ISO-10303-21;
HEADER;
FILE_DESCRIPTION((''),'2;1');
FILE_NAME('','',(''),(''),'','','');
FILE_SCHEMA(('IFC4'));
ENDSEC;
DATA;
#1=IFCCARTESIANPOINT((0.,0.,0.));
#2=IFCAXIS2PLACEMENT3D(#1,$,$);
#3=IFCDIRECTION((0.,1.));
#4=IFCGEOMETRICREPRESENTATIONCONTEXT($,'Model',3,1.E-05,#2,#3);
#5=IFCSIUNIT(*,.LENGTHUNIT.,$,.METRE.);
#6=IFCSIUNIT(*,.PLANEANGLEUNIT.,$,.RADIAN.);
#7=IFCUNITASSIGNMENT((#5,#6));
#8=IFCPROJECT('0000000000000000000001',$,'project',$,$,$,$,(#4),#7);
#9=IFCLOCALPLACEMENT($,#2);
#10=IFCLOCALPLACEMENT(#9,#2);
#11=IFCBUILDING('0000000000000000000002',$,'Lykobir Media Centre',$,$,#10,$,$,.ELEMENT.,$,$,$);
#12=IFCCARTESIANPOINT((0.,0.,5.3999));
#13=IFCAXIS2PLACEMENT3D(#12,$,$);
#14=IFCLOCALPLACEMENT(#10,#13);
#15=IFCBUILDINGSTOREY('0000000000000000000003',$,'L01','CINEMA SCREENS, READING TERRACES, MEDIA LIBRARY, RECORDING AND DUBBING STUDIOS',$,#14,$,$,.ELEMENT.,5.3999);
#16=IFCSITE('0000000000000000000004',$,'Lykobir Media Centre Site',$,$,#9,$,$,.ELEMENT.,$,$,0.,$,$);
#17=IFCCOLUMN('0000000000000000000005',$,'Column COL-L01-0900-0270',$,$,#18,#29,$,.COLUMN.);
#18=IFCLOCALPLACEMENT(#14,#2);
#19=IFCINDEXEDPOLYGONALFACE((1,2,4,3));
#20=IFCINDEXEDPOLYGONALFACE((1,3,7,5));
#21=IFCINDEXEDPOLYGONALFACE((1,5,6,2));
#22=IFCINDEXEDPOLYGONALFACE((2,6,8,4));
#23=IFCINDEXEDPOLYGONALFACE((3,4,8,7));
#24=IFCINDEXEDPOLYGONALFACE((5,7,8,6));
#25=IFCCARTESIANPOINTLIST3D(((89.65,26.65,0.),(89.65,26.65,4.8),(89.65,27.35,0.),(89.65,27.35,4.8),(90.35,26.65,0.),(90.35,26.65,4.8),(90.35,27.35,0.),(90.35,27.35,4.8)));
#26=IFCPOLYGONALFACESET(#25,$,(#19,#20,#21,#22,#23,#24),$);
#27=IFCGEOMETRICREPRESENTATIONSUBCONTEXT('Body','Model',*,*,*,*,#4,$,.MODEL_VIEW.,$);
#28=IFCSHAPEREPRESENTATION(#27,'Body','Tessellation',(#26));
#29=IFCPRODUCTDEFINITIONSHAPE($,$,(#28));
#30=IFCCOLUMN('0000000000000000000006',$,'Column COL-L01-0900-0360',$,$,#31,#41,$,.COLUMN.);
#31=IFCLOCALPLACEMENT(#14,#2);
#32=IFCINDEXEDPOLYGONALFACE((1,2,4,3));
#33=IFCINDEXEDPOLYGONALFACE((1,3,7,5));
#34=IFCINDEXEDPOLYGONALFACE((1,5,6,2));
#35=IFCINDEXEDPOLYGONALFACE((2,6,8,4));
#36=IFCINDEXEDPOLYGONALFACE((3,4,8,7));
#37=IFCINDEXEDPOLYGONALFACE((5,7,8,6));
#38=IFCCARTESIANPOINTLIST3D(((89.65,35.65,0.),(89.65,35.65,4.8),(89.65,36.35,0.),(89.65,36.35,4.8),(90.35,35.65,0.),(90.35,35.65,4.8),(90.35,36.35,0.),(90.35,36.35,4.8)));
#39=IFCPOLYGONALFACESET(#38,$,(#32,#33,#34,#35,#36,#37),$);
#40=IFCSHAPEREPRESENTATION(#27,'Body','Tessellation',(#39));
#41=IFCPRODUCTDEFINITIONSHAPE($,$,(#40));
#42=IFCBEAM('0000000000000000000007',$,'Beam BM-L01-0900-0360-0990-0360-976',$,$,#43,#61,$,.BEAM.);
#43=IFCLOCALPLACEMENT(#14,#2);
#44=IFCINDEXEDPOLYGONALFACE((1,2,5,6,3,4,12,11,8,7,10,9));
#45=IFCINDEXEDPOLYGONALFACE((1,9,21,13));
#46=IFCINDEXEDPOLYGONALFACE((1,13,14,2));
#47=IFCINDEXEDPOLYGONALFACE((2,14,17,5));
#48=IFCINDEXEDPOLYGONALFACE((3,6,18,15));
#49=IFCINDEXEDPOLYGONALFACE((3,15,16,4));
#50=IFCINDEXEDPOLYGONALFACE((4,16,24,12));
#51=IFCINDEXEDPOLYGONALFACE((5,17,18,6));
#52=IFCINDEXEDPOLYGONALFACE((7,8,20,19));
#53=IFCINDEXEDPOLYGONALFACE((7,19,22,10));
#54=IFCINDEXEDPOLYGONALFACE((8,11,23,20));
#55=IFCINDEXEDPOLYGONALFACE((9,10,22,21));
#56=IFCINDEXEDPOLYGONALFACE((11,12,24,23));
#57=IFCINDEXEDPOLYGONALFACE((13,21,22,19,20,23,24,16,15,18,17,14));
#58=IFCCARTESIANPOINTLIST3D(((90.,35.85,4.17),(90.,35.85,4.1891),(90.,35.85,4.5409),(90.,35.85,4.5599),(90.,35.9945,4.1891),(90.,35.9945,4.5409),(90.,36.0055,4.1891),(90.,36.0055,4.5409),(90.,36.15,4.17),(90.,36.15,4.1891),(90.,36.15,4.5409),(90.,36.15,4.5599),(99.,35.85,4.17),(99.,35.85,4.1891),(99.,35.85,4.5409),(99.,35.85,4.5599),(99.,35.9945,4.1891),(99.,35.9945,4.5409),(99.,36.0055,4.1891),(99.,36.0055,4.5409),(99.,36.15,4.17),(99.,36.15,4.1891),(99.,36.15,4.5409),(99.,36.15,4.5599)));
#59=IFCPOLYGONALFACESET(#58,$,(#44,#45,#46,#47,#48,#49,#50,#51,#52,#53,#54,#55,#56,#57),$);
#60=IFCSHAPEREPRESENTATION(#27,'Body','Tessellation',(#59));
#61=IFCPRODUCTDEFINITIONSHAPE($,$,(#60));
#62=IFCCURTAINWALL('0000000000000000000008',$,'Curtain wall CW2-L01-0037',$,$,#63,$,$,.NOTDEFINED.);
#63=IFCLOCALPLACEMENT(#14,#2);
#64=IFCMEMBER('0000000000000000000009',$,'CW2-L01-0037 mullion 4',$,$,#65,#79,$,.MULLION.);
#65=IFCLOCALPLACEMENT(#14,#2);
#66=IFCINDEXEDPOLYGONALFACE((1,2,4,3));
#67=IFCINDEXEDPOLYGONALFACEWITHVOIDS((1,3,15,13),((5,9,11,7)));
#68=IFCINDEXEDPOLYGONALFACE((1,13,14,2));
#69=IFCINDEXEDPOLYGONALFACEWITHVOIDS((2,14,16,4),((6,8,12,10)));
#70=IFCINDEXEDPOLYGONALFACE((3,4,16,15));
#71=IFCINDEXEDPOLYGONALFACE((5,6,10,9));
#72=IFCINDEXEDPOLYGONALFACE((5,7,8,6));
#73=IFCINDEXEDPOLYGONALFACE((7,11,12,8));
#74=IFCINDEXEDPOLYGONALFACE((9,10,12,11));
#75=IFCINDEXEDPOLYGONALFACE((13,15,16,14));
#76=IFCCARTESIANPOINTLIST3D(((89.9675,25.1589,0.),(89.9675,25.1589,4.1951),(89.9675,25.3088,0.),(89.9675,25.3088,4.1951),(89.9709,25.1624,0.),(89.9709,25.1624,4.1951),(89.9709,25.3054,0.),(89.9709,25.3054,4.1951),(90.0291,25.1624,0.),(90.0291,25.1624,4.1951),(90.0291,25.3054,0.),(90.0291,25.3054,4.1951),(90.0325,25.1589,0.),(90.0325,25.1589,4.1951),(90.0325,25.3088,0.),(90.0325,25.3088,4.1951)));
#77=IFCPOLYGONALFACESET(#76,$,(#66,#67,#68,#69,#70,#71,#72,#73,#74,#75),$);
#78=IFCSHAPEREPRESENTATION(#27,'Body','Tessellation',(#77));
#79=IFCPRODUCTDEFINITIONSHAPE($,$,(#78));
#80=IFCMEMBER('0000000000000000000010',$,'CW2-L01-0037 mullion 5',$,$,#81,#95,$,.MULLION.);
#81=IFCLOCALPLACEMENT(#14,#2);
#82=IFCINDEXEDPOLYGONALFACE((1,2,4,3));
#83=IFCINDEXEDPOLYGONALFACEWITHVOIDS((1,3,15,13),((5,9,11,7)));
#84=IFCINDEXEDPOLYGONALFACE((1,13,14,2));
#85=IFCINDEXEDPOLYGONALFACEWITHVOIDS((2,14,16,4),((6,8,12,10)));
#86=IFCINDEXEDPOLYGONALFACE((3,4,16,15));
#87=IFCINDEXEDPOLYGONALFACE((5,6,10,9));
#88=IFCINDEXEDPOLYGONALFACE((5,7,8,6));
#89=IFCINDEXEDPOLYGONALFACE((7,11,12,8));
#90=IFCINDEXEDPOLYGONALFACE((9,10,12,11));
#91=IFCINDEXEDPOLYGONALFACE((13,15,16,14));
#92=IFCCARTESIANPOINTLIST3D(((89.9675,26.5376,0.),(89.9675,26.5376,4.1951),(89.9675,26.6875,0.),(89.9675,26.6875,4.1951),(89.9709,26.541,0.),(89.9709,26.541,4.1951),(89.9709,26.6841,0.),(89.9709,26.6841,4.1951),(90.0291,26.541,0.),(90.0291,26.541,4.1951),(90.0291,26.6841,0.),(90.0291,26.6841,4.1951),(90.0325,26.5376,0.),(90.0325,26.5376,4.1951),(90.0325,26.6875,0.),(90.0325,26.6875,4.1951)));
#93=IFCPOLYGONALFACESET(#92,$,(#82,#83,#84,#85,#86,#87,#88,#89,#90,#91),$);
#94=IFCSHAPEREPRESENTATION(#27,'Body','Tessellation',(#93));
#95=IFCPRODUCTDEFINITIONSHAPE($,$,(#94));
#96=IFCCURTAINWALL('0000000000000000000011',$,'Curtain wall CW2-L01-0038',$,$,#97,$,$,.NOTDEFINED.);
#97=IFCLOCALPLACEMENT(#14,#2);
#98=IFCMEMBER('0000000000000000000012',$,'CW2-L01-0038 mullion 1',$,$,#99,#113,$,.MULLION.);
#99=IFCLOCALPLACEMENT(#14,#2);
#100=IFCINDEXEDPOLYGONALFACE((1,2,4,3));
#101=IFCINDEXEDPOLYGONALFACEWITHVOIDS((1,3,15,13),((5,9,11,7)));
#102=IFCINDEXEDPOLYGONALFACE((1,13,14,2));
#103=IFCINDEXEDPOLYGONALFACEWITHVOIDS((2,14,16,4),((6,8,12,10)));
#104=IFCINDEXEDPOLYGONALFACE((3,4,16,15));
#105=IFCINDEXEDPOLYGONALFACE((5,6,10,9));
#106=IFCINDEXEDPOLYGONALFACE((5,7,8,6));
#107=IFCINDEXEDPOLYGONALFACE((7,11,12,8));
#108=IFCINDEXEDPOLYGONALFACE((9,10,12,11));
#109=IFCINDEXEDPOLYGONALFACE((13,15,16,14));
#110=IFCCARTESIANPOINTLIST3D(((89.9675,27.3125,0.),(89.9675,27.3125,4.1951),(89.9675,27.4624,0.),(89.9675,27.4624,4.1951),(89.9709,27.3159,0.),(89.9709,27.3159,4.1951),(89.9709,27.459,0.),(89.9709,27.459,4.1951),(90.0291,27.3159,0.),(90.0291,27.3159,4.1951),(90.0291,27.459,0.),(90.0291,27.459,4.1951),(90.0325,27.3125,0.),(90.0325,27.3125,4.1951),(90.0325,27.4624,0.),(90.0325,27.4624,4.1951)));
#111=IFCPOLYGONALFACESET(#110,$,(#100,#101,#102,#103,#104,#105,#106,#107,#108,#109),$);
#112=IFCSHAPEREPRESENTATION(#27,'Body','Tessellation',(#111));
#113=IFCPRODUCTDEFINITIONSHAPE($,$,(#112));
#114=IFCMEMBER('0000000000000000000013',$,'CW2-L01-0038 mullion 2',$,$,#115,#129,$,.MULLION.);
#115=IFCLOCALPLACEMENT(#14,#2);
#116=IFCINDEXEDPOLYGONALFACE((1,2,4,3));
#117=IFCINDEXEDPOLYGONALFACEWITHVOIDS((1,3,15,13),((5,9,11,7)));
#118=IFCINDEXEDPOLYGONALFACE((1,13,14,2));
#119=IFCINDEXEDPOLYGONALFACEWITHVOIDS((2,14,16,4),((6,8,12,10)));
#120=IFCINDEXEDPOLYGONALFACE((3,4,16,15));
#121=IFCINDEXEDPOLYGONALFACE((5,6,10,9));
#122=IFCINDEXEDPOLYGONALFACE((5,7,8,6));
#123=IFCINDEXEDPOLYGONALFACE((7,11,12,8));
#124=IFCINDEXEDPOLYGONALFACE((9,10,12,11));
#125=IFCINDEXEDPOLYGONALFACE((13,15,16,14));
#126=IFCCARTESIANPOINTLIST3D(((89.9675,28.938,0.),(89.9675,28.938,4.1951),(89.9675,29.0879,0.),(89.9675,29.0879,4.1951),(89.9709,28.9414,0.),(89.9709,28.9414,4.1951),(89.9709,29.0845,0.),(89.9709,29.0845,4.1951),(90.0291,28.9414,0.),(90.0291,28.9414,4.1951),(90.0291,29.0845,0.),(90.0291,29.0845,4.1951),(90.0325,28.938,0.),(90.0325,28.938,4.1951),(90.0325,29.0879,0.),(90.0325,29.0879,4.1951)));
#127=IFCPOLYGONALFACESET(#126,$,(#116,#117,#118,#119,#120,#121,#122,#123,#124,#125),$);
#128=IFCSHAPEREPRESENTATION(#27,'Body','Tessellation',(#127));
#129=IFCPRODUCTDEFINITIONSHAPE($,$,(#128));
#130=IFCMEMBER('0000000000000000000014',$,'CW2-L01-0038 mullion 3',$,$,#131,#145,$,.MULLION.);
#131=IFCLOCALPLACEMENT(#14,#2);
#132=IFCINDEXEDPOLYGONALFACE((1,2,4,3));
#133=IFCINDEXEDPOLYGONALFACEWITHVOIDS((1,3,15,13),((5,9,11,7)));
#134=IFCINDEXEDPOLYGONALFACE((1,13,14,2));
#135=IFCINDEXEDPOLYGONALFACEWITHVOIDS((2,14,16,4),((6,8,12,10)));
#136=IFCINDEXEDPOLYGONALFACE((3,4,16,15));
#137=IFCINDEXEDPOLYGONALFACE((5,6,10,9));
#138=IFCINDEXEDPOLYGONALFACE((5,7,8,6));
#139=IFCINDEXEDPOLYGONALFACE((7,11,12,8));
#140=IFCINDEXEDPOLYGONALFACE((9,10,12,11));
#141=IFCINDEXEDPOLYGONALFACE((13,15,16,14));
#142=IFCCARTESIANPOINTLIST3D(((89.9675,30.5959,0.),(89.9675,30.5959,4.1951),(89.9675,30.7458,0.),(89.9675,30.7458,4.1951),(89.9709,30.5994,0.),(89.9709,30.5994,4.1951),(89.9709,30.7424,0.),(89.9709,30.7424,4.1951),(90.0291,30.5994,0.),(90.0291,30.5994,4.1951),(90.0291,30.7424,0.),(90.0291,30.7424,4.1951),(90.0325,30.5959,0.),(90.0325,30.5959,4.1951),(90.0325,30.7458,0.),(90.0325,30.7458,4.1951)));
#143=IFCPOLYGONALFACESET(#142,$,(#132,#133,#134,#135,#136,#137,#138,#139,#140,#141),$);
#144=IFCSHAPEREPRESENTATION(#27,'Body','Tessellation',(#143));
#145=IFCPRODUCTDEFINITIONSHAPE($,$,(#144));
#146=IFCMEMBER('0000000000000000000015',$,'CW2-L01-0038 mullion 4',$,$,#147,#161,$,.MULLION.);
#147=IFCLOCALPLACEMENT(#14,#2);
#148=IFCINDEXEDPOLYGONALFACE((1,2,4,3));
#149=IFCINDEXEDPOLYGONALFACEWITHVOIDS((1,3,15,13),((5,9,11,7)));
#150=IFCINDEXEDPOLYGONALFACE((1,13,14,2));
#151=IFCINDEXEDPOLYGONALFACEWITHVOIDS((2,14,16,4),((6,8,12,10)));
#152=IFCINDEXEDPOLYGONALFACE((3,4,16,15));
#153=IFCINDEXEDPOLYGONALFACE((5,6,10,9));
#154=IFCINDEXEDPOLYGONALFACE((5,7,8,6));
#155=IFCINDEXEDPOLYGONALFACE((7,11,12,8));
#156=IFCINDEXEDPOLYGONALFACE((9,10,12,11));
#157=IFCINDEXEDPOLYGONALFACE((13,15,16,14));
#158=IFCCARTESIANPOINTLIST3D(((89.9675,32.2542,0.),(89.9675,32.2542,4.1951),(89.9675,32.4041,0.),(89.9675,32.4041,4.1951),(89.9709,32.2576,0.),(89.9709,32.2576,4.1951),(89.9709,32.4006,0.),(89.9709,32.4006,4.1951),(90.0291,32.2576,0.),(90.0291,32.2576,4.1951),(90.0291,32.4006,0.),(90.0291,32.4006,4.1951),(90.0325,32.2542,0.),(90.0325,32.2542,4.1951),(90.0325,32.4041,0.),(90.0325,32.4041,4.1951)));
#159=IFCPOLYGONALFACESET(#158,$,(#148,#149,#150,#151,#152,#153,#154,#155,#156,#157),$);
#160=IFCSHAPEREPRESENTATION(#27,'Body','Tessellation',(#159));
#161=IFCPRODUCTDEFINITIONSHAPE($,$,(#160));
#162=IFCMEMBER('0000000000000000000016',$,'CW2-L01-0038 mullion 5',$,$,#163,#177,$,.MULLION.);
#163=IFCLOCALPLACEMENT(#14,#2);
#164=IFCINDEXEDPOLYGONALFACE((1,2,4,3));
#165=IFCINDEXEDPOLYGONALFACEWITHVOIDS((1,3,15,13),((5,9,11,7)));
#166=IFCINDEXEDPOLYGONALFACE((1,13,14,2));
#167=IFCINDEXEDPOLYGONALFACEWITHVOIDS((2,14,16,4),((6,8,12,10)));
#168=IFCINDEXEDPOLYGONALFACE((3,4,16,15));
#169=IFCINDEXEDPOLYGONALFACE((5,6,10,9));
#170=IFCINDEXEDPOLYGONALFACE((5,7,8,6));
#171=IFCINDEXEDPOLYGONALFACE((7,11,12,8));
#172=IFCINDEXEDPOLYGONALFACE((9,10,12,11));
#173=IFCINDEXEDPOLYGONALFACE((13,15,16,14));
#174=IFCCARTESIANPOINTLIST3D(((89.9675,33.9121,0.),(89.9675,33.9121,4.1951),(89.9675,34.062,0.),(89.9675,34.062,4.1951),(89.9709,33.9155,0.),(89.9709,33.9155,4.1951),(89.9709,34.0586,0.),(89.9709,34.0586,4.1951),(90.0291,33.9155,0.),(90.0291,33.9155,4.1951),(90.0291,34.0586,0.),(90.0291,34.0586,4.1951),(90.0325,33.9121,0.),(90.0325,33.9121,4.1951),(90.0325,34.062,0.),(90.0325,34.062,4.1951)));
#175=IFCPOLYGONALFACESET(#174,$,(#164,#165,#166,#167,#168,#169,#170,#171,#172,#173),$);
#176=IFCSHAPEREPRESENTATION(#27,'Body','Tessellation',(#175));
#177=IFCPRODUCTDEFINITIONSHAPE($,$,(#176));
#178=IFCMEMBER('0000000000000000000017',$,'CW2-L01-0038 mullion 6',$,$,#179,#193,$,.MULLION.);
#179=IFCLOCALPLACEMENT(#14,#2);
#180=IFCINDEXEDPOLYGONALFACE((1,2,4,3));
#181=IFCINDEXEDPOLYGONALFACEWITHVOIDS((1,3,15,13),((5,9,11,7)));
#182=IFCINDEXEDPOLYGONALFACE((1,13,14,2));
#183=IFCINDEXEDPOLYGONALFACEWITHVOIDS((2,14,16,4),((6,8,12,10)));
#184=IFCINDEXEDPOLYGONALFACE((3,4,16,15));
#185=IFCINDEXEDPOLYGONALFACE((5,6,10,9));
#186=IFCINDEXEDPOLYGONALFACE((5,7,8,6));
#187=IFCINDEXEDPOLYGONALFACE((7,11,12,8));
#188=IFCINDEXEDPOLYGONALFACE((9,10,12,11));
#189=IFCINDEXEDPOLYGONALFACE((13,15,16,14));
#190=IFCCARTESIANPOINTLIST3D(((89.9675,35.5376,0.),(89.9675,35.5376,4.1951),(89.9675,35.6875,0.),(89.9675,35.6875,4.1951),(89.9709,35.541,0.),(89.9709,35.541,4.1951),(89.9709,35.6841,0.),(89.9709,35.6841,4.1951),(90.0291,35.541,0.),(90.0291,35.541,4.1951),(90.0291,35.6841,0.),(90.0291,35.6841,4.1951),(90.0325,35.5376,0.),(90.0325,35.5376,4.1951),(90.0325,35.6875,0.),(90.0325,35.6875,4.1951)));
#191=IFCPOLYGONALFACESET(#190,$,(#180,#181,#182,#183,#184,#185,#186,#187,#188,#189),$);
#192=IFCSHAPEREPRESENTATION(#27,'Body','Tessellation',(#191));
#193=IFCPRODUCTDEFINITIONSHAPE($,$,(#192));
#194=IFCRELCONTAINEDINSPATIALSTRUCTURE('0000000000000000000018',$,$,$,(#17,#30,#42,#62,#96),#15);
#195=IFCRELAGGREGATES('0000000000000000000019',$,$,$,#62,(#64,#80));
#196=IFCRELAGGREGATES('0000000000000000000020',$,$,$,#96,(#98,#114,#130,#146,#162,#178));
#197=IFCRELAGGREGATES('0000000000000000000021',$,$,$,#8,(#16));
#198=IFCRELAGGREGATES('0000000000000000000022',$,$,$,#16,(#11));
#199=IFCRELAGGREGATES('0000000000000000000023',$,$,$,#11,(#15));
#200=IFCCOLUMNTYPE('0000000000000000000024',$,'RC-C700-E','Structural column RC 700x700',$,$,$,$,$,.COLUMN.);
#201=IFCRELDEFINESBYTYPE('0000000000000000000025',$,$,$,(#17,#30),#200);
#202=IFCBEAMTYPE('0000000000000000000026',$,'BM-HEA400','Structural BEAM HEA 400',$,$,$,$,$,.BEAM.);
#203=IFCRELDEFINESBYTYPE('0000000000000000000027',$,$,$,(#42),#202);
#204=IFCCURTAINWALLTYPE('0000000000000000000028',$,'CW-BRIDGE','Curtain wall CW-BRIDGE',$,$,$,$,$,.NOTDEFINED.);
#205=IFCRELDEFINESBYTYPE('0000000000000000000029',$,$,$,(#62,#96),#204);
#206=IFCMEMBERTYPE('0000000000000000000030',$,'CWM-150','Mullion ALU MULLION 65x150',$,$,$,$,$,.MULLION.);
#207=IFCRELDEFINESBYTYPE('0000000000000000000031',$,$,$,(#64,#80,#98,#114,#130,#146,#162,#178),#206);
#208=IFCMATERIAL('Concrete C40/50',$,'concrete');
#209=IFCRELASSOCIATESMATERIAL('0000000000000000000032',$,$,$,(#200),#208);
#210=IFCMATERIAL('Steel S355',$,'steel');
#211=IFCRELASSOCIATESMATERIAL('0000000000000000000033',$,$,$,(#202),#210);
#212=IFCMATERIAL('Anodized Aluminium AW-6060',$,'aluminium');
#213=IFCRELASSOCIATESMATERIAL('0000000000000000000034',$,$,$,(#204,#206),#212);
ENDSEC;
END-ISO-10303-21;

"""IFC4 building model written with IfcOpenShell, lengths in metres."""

from ifc_helpers import new_model, si_unit, direction, frame, origin, origin_2d, place, context, subcontext, project, spatial, rectangle, hollow_rectangle, i_section, extrude, material, material_profile, profile_set, type_object, element, aggregate, save


model = new_model("IFC4")

# Units and contexts
model_context = context("Model", 3, precision=1e-05, world=origin(), true_north=direction((0.0, 1.0)))
body_context = subcontext(model_context, "Body", "Model", "MODEL_VIEW")
ifc_project = project(units=[si_unit("LENGTHUNIT", "METRE"), si_unit("PLANEANGLEUNIT", "RADIAN")], contexts=[model_context])

# Site, building, storey
site_placement = place(None, origin())
site = spatial("IfcSite", under=ifc_project, at=site_placement, Name="Lykobir Media Centre Site", CompositionType="ELEMENT", RefElevation=0.0)
building_placement = place(site_placement, origin())
building = spatial("IfcBuilding", under=site, at=building_placement, Name="Lykobir Media Centre", CompositionType="ELEMENT")
storey_placement = place(building_placement, frame((0.0, 0.0, 5.3999)))
storey = spatial("IfcBuildingStorey", under=building, at=storey_placement, Name="L01", Description="CINEMA SCREENS, READING TERRACES, MEDIA LIBRARY, RECORDING AND DUBBING STUDIOS", CompositionType="ELEMENT", Elevation=5.3999)

# Columns
ifc_material_1 = material(Name="Concrete C40/50", Category="concrete")
ifc_material_profile_1 = material_profile(ifc_material_1, rectangle(XDim=0.7, YDim=0.7, at=origin_2d()), Name="RC 700x700")
ifc_profile_set_1 = profile_set([ifc_material_profile_1], Name="Concrete C40/50")
column_type = type_object("IfcColumnType", Name="RC-C700-E", Description="Structural column RC 700x700", PredefinedType="COLUMN", material=ifc_profile_set_1)
for number, where, z_axis, x_axis, name in (
    (1, (90.0, 27.0, 0.0), (0.0, 0.0, 1.0), (1.0, 0.0, 0.0), "Column COL-L01-0900-0270"),
    (2, (90.0, 36.0, 0.0), (0.0, 0.0, 1.0), (1.0, 0.0, 0.0), "Column COL-L01-0900-0360"),
):
    element("IfcColumn", number, at=place(storey_placement, frame(where, z_axis=z_axis, x_axis=x_axis)), inside=storey, type_object=column_type, Name=name, PredefinedType="COLUMN", context=body_context, shape_type="SweptSolid", body=[
        extrude(rectangle(XDim=0.7, YDim=0.7, at=origin_2d()), origin(), (0.0, 0.0, 1.0), 4.8),
    ])

# Beam
ifc_material_2 = material(Name="Steel S355", Category="steel")
ifc_material_profile_2 = material_profile(ifc_material_2, i_section(OverallWidth=0.3, OverallDepth=0.3899, WebThickness=0.011, FlangeThickness=0.019, at=origin_2d()), Name="HEA 400")
ifc_profile_set_2 = profile_set([ifc_material_profile_2], Name="Steel S355")
beam_type_1 = type_object("IfcBeamType", Name="BM-HEA400", Description="Structural BEAM HEA 400", PredefinedType="BEAM", material=ifc_profile_set_2)
beam_1_placement = place(storey_placement, frame((90.0, 36.0, 4.365), z_axis=(1.0, 0.0, 0.0), x_axis=(0.0, 1.0, 0.0)))
element("IfcBeam", 3, at=beam_1_placement, inside=storey, type_object=beam_type_1, Name="Beam BM-L01-0900-0360-0990-0360-976", PredefinedType="BEAM", context=body_context, shape_type="SweptSolid", body=[
    extrude(i_section(OverallWidth=0.3, OverallDepth=0.3899, WebThickness=0.011, FlangeThickness=0.019, at=origin_2d()), origin(), (0.0, 0.0, 1.0), 9.0),
])

# Curtain walls, members
ifc_material_3 = material(Name="Anodized Aluminium AW-6060", Category="aluminium")
curtain_wall_type = type_object("IfcCurtainWallType", Name="CW-BRIDGE", Description="Curtain wall CW-BRIDGE", PredefinedType="NOTDEFINED", material=ifc_material_3)
curtain_wall_1_placement = place(storey_placement, origin())
curtain_wall_1 = element("IfcCurtainWall", 4, at=curtain_wall_1_placement, inside=storey, type_object=curtain_wall_type, Name="Curtain wall CW2-L01-0037", PredefinedType="NOTDEFINED")
ifc_material_profile_3 = material_profile(ifc_material_3, hollow_rectangle(XDim=0.0649, YDim=0.1499, WallThickness=0.0034, at=origin_2d()), Name="ALU MULLION 65x150")
ifc_profile_set_3 = profile_set([ifc_material_profile_3], Name="Anodized Aluminium AW-6060")
member_type_1 = type_object("IfcMemberType", Name="CWM-150", Description="Mullion ALU MULLION 65x150", PredefinedType="MULLION", material=ifc_profile_set_3)
member_1_placement = place(storey_placement, frame((90.0, 25.2339, 0.0), z_axis=(0.0, 0.0, 1.0), x_axis=(-1.0, 0.0, 0.0)))
member_1 = element("IfcMember", 5, at=member_1_placement, type_object=member_type_1, Name="CW2-L01-0037 mullion 4", PredefinedType="MULLION", context=body_context, shape_type="SweptSolid", body=[
    extrude(hollow_rectangle(XDim=0.0649, YDim=0.1499, WallThickness=0.0034, at=origin_2d()), origin(), (0.0, 0.0, 1.0), 4.1951),
])
member_2_placement = place(storey_placement, frame((90.0, 26.6125, 0.0), z_axis=(0.0, 0.0, 1.0), x_axis=(-1.0, 0.0, 0.0)))
member_2 = element("IfcMember", 6, at=member_2_placement, type_object=member_type_1, Name="CW2-L01-0037 mullion 5", PredefinedType="MULLION", context=body_context, shape_type="SweptSolid", body=[
    extrude(hollow_rectangle(XDim=0.0649, YDim=0.1499, WallThickness=0.0034, at=origin_2d()), origin(), (0.0, 0.0, 1.0), 4.1951),
])
curtain_wall_2_placement = place(storey_placement, origin())
curtain_wall_2 = element("IfcCurtainWall", 7, at=curtain_wall_2_placement, inside=storey, type_object=curtain_wall_type, Name="Curtain wall CW2-L01-0038", PredefinedType="NOTDEFINED")
member_3_placement = place(storey_placement, frame((90.0, 27.3875, 0.0), z_axis=(0.0, 0.0, 1.0), x_axis=(-1.0, 0.0, 0.0)))
member_3 = element("IfcMember", 8, at=member_3_placement, type_object=member_type_1, Name="CW2-L01-0038 mullion 1", PredefinedType="MULLION", context=body_context, shape_type="SweptSolid", body=[
    extrude(hollow_rectangle(XDim=0.0649, YDim=0.1499, WallThickness=0.0034, at=origin_2d()), origin(), (0.0, 0.0, 1.0), 4.1951),
])
member_4_placement = place(storey_placement, frame((90.0, 29.0129, 0.0), z_axis=(0.0, 0.0, 1.0), x_axis=(-1.0, 0.0, 0.0)))
member_4 = element("IfcMember", 9, at=member_4_placement, type_object=member_type_1, Name="CW2-L01-0038 mullion 2", PredefinedType="MULLION", context=body_context, shape_type="SweptSolid", body=[
    extrude(hollow_rectangle(XDim=0.0649, YDim=0.1499, WallThickness=0.0034, at=origin_2d()), origin(), (0.0, 0.0, 1.0), 4.1951),
])
member_5_placement = place(storey_placement, frame((90.0, 30.6709, 0.0), z_axis=(0.0, 0.0, 1.0), x_axis=(-1.0, 0.0, 0.0)))
member_5 = element("IfcMember", 10, at=member_5_placement, type_object=member_type_1, Name="CW2-L01-0038 mullion 3", PredefinedType="MULLION", context=body_context, shape_type="SweptSolid", body=[
    extrude(hollow_rectangle(XDim=0.0649, YDim=0.1499, WallThickness=0.0034, at=origin_2d()), origin(), (0.0, 0.0, 1.0), 4.1951),
])
member_6_placement = place(storey_placement, frame((90.0, 32.3291, 0.0), z_axis=(0.0, 0.0, 1.0), x_axis=(-1.0, 0.0, 0.0)))
member_6 = element("IfcMember", 11, at=member_6_placement, type_object=member_type_1, Name="CW2-L01-0038 mullion 4", PredefinedType="MULLION", context=body_context, shape_type="SweptSolid", body=[
    extrude(hollow_rectangle(XDim=0.0649, YDim=0.1499, WallThickness=0.0034, at=origin_2d()), origin(), (0.0, 0.0, 1.0), 4.1951),
])
member_7_placement = place(storey_placement, frame((90.0, 33.9871, 0.0), z_axis=(0.0, 0.0, 1.0), x_axis=(-1.0, 0.0, 0.0)))
member_7 = element("IfcMember", 12, at=member_7_placement, type_object=member_type_1, Name="CW2-L01-0038 mullion 5", PredefinedType="MULLION", context=body_context, shape_type="SweptSolid", body=[
    extrude(hollow_rectangle(XDim=0.0649, YDim=0.1499, WallThickness=0.0034, at=origin_2d()), origin(), (0.0, 0.0, 1.0), 4.1951),
])
member_8_placement = place(storey_placement, frame((90.0, 35.6125, 0.0), z_axis=(0.0, 0.0, 1.0), x_axis=(-1.0, 0.0, 0.0)))
member_8 = element("IfcMember", 13, at=member_8_placement, type_object=member_type_1, Name="CW2-L01-0038 mullion 6", PredefinedType="MULLION", context=body_context, shape_type="SweptSolid", body=[
    extrude(hollow_rectangle(XDim=0.0649, YDim=0.1499, WallThickness=0.0034, at=origin_2d()), origin(), (0.0, 0.0, 1.0), 4.1951),
])

aggregate(curtain_wall_1, [member_1, member_2])
aggregate(curtain_wall_2, [member_3, member_4, member_5, member_6, member_7, member_8])

save(model, "model.ifc")
